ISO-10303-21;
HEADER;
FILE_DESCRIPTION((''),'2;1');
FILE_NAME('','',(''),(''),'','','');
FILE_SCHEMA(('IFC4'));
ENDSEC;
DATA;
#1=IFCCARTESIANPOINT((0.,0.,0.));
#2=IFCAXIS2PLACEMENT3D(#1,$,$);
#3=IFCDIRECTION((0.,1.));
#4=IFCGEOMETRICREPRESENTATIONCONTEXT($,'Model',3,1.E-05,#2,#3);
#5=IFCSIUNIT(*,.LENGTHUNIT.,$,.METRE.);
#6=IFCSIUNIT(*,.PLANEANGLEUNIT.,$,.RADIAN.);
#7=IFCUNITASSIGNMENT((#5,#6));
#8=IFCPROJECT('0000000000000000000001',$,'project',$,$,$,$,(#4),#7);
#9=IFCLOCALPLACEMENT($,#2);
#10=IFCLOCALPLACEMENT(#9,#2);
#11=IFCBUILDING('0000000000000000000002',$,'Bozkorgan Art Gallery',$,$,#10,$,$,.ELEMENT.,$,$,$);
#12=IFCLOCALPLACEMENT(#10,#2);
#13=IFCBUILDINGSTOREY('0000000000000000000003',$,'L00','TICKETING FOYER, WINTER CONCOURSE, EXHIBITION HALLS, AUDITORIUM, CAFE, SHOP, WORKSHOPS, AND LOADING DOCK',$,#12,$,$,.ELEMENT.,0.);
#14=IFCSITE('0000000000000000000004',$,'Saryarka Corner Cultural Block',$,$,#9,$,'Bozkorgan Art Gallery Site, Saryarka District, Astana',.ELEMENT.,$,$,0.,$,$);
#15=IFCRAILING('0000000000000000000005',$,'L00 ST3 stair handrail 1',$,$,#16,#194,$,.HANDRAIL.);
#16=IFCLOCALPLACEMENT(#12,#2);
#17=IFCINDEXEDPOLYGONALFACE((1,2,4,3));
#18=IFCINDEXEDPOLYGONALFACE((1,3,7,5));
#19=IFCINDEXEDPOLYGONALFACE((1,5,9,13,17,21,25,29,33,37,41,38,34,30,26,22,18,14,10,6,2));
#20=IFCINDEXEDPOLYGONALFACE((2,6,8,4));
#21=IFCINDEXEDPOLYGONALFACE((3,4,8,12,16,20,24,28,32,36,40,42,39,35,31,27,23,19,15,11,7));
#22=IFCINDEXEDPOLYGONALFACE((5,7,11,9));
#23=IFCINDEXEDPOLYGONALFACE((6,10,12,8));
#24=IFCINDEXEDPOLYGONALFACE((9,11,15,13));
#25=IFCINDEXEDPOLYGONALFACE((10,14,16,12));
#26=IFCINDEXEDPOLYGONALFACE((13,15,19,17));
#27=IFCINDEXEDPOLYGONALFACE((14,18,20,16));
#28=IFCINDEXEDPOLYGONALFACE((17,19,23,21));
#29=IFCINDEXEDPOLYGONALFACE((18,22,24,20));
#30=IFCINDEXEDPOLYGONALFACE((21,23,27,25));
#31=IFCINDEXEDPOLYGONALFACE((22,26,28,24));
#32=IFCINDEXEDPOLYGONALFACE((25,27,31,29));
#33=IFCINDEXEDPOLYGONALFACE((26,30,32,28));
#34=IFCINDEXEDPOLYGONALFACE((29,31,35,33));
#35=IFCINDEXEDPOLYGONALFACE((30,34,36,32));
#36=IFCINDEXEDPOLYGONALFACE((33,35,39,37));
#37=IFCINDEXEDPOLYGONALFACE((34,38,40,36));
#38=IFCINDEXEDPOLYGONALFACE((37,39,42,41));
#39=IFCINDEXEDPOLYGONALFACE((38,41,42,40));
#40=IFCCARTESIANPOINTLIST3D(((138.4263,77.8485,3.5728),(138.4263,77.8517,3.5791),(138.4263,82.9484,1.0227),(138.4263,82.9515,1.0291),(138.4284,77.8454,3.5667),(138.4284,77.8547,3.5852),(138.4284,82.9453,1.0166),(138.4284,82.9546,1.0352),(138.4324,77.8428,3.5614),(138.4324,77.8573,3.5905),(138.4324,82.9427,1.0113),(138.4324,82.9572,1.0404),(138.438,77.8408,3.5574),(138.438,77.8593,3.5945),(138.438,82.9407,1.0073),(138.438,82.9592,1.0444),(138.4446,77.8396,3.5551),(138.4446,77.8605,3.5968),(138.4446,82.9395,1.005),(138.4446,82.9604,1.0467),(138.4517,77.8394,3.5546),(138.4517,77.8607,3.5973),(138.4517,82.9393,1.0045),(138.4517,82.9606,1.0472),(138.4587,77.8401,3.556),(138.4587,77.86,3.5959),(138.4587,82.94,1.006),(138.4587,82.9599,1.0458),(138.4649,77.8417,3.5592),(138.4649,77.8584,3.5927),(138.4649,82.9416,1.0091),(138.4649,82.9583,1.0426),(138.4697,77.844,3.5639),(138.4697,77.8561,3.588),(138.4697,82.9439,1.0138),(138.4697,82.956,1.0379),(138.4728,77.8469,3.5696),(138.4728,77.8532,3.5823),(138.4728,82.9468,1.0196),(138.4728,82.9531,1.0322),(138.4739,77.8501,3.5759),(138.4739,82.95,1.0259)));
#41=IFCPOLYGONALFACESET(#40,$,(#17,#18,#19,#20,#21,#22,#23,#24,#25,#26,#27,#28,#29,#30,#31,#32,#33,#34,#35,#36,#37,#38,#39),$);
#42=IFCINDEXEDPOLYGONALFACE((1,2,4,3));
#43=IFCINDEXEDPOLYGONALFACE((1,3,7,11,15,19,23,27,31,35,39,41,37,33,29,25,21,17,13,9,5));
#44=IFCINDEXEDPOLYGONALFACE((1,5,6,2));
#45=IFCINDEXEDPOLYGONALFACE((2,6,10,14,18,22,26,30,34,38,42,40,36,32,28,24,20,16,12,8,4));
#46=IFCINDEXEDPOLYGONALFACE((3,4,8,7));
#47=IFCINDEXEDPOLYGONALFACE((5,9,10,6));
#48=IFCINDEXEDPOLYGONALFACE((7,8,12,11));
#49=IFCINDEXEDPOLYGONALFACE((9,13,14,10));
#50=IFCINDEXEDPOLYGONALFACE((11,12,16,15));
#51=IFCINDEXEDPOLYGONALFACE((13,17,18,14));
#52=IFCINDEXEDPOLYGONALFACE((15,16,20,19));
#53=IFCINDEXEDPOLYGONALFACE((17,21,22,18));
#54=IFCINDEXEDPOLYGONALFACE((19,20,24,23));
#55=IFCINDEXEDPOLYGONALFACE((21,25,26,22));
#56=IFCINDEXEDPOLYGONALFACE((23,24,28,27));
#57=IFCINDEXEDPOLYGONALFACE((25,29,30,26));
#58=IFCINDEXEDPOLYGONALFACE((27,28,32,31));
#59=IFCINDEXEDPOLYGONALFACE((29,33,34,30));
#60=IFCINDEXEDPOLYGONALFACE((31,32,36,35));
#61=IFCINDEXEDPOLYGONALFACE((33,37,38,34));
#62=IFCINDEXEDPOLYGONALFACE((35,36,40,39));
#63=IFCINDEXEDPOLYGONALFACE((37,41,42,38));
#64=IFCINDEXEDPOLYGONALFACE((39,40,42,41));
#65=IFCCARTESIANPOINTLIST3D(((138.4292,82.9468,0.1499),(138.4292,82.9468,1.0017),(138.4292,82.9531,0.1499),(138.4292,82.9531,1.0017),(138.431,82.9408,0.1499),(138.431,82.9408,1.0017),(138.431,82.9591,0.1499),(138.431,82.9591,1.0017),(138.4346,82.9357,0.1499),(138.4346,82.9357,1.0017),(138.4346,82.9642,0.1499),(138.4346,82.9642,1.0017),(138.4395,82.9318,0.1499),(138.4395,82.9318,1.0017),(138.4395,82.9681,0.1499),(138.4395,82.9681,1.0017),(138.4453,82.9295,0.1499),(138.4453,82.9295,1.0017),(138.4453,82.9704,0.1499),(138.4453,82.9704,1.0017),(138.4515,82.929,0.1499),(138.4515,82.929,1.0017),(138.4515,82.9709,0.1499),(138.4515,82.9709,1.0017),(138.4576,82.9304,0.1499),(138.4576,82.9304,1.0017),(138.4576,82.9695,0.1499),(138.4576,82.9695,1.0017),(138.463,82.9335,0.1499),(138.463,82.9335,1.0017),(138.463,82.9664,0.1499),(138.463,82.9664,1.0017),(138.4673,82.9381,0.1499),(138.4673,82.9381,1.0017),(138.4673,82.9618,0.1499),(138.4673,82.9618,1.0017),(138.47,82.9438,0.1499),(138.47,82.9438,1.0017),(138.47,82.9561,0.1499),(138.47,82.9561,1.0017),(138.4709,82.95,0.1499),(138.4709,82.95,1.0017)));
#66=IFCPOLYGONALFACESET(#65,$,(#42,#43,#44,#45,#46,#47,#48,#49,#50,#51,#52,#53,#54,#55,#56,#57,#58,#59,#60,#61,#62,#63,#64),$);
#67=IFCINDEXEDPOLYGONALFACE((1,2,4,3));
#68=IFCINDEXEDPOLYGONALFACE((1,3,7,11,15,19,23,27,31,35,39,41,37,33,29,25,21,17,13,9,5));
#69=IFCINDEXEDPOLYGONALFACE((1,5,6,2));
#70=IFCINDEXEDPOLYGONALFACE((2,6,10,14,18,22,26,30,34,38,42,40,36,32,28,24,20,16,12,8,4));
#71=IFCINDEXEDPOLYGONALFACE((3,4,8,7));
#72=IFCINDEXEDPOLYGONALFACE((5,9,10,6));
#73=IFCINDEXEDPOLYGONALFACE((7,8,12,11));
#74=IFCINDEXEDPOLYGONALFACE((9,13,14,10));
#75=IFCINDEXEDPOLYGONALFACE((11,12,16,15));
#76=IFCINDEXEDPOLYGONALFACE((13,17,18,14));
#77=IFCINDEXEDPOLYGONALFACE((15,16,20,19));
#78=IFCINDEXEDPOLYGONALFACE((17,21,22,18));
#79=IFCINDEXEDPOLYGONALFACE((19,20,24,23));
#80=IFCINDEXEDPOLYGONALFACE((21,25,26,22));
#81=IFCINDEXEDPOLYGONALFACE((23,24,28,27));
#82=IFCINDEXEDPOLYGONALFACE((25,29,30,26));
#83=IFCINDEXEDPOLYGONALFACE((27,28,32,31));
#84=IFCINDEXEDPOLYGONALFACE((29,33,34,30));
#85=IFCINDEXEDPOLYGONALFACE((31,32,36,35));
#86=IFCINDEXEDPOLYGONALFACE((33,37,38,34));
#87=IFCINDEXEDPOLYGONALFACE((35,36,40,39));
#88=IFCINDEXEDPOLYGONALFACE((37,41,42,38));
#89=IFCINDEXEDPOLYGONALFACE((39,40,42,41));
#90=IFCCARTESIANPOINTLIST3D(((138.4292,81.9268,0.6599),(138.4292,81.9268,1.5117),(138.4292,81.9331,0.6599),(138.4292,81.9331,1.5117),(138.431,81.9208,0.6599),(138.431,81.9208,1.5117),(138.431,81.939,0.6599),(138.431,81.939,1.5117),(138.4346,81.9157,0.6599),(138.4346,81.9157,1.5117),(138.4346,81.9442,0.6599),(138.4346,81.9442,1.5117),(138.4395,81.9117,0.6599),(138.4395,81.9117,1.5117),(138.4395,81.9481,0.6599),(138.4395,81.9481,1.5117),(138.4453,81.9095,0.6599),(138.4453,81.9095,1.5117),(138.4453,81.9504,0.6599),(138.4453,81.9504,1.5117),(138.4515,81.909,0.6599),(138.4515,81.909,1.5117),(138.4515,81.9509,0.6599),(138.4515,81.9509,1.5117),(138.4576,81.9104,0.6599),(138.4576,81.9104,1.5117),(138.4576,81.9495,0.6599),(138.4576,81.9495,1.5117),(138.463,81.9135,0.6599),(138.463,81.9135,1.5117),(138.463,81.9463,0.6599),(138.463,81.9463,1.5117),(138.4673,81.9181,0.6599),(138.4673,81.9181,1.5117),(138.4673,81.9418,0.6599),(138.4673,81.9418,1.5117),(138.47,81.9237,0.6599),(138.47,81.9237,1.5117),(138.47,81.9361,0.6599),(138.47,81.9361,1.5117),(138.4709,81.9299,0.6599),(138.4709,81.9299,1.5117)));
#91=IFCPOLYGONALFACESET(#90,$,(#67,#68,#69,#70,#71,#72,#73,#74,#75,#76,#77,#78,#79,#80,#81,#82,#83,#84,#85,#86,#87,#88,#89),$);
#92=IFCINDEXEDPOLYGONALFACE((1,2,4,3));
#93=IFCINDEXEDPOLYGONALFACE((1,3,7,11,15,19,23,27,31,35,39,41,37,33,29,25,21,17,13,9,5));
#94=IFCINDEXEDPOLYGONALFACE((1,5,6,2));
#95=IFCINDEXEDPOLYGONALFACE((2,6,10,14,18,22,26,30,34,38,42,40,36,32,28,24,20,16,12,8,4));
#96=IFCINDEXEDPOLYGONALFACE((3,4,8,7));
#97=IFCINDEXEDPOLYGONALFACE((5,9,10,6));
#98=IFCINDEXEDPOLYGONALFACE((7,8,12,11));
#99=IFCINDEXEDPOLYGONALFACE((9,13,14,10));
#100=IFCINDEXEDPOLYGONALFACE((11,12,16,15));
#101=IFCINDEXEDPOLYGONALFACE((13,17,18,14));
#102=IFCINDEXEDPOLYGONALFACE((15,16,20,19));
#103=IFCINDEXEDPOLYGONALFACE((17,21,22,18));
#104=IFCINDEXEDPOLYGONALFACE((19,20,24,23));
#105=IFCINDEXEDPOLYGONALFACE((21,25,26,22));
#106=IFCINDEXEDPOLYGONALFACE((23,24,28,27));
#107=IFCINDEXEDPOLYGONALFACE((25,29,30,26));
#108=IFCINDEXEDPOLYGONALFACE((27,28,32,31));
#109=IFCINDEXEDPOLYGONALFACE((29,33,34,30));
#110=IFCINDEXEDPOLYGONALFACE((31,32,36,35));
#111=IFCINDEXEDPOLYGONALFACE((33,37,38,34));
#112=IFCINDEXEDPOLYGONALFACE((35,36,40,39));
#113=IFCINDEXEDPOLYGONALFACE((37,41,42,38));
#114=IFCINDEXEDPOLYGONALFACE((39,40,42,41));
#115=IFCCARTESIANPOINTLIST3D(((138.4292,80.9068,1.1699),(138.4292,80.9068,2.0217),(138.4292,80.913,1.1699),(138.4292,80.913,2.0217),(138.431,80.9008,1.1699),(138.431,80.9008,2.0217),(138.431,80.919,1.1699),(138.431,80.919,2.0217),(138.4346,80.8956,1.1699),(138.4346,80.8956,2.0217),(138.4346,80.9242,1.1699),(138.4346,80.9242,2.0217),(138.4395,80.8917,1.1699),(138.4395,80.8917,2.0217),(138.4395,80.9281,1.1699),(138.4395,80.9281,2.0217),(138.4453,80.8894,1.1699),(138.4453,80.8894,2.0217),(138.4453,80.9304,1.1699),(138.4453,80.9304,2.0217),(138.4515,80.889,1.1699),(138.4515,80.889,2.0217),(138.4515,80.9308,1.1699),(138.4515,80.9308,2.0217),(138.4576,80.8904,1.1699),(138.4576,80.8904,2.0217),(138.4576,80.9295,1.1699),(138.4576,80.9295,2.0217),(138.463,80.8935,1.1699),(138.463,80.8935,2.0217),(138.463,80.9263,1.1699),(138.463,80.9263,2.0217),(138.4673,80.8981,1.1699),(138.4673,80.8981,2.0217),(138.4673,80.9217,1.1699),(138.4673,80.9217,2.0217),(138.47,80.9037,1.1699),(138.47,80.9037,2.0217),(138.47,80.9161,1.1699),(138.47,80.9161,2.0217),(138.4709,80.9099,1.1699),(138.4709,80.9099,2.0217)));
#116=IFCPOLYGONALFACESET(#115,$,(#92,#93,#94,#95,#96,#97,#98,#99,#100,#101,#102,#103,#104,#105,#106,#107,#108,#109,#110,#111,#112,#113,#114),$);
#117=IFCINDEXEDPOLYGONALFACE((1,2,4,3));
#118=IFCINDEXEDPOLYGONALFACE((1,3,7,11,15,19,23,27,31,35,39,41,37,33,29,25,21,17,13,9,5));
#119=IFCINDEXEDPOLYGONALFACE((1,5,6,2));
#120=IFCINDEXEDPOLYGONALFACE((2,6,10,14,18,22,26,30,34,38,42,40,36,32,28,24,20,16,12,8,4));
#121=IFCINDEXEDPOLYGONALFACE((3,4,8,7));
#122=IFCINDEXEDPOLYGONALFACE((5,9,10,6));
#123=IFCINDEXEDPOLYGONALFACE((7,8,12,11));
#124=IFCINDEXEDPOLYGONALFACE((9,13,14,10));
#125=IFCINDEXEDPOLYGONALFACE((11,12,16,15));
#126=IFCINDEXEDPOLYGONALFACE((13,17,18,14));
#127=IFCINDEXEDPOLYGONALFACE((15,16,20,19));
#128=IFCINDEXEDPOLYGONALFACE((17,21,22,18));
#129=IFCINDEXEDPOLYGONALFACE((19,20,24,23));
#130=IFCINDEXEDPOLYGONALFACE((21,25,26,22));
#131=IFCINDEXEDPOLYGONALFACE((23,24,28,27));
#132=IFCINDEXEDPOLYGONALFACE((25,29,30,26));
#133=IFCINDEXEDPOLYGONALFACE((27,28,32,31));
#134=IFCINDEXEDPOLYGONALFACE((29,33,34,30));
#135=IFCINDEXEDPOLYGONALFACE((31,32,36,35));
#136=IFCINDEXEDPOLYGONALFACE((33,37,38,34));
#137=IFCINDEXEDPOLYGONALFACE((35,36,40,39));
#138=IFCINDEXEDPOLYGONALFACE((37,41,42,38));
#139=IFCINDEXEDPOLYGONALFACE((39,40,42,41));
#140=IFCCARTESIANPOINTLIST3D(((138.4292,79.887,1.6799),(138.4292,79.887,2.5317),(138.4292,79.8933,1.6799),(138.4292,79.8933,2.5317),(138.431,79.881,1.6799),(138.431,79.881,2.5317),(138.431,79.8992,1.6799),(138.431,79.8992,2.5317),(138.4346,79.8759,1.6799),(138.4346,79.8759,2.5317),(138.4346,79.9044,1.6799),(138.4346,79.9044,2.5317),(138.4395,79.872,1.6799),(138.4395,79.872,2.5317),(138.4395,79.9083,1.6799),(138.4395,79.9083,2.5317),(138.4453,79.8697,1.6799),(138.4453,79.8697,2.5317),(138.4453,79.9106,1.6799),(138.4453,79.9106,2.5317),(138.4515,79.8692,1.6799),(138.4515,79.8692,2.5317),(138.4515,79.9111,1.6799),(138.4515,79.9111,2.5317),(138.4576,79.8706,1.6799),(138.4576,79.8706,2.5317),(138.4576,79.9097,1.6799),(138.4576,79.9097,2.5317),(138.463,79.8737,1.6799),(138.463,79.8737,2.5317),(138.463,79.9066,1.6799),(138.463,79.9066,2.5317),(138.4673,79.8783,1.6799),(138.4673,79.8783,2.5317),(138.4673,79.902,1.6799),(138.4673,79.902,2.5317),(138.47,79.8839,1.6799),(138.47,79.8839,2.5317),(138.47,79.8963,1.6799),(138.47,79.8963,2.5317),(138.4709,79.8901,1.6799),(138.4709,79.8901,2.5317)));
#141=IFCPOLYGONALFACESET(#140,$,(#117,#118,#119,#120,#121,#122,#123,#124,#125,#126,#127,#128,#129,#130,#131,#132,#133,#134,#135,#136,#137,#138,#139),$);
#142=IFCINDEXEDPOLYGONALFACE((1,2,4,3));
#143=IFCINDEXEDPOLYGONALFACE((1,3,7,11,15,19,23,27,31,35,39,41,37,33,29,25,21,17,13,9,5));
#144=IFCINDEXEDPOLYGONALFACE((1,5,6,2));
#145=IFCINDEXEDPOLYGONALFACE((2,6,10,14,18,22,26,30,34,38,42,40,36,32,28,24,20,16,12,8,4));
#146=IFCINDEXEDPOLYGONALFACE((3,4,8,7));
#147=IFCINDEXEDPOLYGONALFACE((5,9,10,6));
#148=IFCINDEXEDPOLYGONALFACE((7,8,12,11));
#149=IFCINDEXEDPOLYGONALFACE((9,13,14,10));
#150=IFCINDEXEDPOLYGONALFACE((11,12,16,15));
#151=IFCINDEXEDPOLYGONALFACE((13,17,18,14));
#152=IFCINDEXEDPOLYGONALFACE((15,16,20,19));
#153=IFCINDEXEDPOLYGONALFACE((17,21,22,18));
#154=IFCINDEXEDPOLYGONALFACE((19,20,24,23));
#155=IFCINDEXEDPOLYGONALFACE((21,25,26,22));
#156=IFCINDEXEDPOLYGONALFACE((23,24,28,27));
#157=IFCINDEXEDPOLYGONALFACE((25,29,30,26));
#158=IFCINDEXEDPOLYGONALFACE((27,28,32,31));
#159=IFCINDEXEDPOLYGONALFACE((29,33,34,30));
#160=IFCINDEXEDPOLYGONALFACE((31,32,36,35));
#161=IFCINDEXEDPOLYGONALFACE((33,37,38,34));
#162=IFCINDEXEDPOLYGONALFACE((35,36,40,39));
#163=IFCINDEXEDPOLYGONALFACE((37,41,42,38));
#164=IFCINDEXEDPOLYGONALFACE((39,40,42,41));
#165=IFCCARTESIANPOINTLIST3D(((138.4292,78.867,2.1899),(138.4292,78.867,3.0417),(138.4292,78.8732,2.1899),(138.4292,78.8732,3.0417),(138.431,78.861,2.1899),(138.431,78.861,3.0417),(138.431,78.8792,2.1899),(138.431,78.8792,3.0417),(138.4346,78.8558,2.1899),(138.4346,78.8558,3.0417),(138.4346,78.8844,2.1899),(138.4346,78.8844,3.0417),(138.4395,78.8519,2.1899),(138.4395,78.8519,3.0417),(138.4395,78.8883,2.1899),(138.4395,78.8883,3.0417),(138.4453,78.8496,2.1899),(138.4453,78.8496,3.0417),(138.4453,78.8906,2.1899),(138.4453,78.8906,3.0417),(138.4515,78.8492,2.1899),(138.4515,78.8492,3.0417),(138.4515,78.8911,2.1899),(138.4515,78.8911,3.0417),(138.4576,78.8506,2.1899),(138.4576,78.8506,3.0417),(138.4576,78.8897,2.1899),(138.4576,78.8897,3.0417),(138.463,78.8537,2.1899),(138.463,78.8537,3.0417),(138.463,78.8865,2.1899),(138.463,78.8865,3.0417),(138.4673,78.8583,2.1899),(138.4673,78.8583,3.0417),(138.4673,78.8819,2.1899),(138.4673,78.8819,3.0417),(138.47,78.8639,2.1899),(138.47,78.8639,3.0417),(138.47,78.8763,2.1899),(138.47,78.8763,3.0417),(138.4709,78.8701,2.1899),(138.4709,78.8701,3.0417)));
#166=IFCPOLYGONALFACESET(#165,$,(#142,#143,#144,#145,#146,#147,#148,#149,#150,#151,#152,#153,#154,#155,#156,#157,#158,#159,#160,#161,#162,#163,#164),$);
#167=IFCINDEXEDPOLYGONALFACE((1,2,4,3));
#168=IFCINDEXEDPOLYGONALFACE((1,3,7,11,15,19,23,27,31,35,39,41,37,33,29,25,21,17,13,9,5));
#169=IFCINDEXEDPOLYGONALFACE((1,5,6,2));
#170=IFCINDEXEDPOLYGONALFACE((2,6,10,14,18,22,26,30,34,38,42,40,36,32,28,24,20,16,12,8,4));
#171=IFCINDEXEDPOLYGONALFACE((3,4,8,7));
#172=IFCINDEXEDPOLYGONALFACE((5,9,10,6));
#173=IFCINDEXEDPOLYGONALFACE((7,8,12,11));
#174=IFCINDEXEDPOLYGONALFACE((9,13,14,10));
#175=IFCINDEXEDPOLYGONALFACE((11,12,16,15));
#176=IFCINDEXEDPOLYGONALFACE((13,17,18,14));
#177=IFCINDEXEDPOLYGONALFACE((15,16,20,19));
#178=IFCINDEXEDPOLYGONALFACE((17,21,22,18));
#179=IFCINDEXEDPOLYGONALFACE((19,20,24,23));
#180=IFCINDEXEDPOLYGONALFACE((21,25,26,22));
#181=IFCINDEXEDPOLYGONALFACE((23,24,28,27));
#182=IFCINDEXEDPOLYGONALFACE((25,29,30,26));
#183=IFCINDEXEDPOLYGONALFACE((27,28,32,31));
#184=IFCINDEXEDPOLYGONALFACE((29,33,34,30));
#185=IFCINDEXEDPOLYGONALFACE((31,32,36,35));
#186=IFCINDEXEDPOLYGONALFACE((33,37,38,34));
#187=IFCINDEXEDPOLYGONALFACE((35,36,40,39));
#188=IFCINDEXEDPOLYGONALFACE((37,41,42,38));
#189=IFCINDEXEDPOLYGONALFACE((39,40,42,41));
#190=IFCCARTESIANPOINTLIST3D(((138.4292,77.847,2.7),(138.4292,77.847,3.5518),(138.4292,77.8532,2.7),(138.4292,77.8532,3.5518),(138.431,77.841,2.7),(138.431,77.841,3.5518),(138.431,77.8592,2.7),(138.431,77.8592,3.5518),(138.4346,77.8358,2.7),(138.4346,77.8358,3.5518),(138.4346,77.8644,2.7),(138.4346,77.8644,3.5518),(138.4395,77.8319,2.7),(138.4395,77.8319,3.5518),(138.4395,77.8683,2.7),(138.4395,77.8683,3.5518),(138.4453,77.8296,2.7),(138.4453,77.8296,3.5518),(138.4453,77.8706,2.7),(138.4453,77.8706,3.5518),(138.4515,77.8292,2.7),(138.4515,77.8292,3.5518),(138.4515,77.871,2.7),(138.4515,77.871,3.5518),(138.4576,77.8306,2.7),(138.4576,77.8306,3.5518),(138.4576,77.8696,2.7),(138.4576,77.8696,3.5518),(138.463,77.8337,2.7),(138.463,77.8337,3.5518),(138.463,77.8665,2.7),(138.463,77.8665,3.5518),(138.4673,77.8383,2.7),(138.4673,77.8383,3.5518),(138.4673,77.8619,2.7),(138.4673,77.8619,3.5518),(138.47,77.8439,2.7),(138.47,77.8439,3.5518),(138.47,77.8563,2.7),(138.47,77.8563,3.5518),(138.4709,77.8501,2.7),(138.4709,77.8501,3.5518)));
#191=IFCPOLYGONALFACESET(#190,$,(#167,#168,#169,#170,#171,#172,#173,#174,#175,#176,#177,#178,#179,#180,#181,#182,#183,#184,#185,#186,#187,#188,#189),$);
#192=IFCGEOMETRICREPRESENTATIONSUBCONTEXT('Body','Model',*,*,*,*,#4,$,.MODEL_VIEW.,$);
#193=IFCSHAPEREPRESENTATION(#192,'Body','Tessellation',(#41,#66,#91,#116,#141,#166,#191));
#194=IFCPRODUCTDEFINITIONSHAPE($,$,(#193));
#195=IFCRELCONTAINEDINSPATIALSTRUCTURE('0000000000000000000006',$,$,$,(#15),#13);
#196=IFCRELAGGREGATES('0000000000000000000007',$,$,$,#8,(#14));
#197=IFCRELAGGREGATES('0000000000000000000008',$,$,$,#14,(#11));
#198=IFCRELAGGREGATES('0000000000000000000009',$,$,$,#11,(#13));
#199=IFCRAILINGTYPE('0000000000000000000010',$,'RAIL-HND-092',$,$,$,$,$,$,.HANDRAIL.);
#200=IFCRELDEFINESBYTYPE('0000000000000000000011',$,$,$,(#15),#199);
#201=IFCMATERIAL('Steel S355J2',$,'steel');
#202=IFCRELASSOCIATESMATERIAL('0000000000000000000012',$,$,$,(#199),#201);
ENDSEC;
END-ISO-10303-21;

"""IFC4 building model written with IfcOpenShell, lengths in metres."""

from ifc_helpers import new_model, si_unit, direction, frame, origin, origin_2d, place, context, subcontext, project, spatial, circle, extrude, material, type_object, element, save


model = new_model("IFC4")

# Units and contexts
model_context = context("Model", 3, precision=1e-05, world=origin(), true_north=direction((0.0, 1.0)))
body_context = subcontext(model_context, "Body", "Model", "MODEL_VIEW")
ifc_project = project(units=[si_unit("LENGTHUNIT", "METRE"), si_unit("PLANEANGLEUNIT", "RADIAN")], contexts=[model_context])

# Site, building, storey
site_placement = place(None, origin())
site = spatial("IfcSite", under=ifc_project, at=site_placement, Name="Saryarka Corner Cultural Block", LongName="Bozkorgan Art Gallery Site, Saryarka District, Astana", CompositionType="ELEMENT", RefElevation=0.0)
building_placement = place(site_placement, origin())
building = spatial("IfcBuilding", under=site, at=building_placement, Name="Bozkorgan Art Gallery", CompositionType="ELEMENT")
storey_placement = place(building_placement, origin())
storey = spatial("IfcBuildingStorey", under=building, at=storey_placement, Name="L00", Description="TICKETING FOYER, WINTER CONCOURSE, EXHIBITION HALLS, AUDITORIUM, CAFE, SHOP, WORKSHOPS, AND LOADING DOCK", CompositionType="ELEMENT", Elevation=0.0)

# Shared definitions
ifc_material_1 = material(Name="Steel S355J2", Category="steel")

# Railing
railing_type_1 = type_object("IfcRailingType", Name="RAIL-HND-092", PredefinedType="HANDRAIL", material=ifc_material_1)
railing_1_placement = place(storey_placement, frame((138.45, 82.95, 0.1499)))
element("IfcRailing", 1, at=railing_1_placement, inside=storey, type_object=railing_type_1, Name="L00 ST3 stair handrail 1", PredefinedType="HANDRAIL", context=body_context, shape_type="SweptSolid", body=[
    extrude(circle(Radius=0.0239, at=origin_2d()), frame((0.0, 0.0, 0.876), z_axis=(0.0, -0.894419, 0.447231), x_axis=(1.0, 0.0, 0.0)), (0.0, 0.0, 1.0), 5.7019),
    extrude(circle(Radius=0.021, at=origin_2d()), origin(), (0.0, 0.0, 1.0), 0.8518),
    extrude(circle(Radius=0.021, at=origin_2d()), frame((0.0, -1.02, 0.51)), (0.0, 0.0, 1.0), 0.8518),
    extrude(circle(Radius=0.021, at=origin_2d()), frame((0.0, -2.04, 1.02)), (0.0, 0.0, 1.0), 0.8518),
    extrude(circle(Radius=0.021, at=origin_2d()), frame((0.0, -3.0598, 1.53)), (0.0, 0.0, 1.0), 0.8518),
    extrude(circle(Radius=0.021, at=origin_2d()), frame((0.0, -4.0798, 2.04)), (0.0, 0.0, 1.0), 0.8518),
    extrude(circle(Radius=0.021, at=origin_2d()), frame((0.0, -5.0999, 2.55)), (0.0, 0.0, 1.0), 0.8518),
])

save(model, "model.ifc")
